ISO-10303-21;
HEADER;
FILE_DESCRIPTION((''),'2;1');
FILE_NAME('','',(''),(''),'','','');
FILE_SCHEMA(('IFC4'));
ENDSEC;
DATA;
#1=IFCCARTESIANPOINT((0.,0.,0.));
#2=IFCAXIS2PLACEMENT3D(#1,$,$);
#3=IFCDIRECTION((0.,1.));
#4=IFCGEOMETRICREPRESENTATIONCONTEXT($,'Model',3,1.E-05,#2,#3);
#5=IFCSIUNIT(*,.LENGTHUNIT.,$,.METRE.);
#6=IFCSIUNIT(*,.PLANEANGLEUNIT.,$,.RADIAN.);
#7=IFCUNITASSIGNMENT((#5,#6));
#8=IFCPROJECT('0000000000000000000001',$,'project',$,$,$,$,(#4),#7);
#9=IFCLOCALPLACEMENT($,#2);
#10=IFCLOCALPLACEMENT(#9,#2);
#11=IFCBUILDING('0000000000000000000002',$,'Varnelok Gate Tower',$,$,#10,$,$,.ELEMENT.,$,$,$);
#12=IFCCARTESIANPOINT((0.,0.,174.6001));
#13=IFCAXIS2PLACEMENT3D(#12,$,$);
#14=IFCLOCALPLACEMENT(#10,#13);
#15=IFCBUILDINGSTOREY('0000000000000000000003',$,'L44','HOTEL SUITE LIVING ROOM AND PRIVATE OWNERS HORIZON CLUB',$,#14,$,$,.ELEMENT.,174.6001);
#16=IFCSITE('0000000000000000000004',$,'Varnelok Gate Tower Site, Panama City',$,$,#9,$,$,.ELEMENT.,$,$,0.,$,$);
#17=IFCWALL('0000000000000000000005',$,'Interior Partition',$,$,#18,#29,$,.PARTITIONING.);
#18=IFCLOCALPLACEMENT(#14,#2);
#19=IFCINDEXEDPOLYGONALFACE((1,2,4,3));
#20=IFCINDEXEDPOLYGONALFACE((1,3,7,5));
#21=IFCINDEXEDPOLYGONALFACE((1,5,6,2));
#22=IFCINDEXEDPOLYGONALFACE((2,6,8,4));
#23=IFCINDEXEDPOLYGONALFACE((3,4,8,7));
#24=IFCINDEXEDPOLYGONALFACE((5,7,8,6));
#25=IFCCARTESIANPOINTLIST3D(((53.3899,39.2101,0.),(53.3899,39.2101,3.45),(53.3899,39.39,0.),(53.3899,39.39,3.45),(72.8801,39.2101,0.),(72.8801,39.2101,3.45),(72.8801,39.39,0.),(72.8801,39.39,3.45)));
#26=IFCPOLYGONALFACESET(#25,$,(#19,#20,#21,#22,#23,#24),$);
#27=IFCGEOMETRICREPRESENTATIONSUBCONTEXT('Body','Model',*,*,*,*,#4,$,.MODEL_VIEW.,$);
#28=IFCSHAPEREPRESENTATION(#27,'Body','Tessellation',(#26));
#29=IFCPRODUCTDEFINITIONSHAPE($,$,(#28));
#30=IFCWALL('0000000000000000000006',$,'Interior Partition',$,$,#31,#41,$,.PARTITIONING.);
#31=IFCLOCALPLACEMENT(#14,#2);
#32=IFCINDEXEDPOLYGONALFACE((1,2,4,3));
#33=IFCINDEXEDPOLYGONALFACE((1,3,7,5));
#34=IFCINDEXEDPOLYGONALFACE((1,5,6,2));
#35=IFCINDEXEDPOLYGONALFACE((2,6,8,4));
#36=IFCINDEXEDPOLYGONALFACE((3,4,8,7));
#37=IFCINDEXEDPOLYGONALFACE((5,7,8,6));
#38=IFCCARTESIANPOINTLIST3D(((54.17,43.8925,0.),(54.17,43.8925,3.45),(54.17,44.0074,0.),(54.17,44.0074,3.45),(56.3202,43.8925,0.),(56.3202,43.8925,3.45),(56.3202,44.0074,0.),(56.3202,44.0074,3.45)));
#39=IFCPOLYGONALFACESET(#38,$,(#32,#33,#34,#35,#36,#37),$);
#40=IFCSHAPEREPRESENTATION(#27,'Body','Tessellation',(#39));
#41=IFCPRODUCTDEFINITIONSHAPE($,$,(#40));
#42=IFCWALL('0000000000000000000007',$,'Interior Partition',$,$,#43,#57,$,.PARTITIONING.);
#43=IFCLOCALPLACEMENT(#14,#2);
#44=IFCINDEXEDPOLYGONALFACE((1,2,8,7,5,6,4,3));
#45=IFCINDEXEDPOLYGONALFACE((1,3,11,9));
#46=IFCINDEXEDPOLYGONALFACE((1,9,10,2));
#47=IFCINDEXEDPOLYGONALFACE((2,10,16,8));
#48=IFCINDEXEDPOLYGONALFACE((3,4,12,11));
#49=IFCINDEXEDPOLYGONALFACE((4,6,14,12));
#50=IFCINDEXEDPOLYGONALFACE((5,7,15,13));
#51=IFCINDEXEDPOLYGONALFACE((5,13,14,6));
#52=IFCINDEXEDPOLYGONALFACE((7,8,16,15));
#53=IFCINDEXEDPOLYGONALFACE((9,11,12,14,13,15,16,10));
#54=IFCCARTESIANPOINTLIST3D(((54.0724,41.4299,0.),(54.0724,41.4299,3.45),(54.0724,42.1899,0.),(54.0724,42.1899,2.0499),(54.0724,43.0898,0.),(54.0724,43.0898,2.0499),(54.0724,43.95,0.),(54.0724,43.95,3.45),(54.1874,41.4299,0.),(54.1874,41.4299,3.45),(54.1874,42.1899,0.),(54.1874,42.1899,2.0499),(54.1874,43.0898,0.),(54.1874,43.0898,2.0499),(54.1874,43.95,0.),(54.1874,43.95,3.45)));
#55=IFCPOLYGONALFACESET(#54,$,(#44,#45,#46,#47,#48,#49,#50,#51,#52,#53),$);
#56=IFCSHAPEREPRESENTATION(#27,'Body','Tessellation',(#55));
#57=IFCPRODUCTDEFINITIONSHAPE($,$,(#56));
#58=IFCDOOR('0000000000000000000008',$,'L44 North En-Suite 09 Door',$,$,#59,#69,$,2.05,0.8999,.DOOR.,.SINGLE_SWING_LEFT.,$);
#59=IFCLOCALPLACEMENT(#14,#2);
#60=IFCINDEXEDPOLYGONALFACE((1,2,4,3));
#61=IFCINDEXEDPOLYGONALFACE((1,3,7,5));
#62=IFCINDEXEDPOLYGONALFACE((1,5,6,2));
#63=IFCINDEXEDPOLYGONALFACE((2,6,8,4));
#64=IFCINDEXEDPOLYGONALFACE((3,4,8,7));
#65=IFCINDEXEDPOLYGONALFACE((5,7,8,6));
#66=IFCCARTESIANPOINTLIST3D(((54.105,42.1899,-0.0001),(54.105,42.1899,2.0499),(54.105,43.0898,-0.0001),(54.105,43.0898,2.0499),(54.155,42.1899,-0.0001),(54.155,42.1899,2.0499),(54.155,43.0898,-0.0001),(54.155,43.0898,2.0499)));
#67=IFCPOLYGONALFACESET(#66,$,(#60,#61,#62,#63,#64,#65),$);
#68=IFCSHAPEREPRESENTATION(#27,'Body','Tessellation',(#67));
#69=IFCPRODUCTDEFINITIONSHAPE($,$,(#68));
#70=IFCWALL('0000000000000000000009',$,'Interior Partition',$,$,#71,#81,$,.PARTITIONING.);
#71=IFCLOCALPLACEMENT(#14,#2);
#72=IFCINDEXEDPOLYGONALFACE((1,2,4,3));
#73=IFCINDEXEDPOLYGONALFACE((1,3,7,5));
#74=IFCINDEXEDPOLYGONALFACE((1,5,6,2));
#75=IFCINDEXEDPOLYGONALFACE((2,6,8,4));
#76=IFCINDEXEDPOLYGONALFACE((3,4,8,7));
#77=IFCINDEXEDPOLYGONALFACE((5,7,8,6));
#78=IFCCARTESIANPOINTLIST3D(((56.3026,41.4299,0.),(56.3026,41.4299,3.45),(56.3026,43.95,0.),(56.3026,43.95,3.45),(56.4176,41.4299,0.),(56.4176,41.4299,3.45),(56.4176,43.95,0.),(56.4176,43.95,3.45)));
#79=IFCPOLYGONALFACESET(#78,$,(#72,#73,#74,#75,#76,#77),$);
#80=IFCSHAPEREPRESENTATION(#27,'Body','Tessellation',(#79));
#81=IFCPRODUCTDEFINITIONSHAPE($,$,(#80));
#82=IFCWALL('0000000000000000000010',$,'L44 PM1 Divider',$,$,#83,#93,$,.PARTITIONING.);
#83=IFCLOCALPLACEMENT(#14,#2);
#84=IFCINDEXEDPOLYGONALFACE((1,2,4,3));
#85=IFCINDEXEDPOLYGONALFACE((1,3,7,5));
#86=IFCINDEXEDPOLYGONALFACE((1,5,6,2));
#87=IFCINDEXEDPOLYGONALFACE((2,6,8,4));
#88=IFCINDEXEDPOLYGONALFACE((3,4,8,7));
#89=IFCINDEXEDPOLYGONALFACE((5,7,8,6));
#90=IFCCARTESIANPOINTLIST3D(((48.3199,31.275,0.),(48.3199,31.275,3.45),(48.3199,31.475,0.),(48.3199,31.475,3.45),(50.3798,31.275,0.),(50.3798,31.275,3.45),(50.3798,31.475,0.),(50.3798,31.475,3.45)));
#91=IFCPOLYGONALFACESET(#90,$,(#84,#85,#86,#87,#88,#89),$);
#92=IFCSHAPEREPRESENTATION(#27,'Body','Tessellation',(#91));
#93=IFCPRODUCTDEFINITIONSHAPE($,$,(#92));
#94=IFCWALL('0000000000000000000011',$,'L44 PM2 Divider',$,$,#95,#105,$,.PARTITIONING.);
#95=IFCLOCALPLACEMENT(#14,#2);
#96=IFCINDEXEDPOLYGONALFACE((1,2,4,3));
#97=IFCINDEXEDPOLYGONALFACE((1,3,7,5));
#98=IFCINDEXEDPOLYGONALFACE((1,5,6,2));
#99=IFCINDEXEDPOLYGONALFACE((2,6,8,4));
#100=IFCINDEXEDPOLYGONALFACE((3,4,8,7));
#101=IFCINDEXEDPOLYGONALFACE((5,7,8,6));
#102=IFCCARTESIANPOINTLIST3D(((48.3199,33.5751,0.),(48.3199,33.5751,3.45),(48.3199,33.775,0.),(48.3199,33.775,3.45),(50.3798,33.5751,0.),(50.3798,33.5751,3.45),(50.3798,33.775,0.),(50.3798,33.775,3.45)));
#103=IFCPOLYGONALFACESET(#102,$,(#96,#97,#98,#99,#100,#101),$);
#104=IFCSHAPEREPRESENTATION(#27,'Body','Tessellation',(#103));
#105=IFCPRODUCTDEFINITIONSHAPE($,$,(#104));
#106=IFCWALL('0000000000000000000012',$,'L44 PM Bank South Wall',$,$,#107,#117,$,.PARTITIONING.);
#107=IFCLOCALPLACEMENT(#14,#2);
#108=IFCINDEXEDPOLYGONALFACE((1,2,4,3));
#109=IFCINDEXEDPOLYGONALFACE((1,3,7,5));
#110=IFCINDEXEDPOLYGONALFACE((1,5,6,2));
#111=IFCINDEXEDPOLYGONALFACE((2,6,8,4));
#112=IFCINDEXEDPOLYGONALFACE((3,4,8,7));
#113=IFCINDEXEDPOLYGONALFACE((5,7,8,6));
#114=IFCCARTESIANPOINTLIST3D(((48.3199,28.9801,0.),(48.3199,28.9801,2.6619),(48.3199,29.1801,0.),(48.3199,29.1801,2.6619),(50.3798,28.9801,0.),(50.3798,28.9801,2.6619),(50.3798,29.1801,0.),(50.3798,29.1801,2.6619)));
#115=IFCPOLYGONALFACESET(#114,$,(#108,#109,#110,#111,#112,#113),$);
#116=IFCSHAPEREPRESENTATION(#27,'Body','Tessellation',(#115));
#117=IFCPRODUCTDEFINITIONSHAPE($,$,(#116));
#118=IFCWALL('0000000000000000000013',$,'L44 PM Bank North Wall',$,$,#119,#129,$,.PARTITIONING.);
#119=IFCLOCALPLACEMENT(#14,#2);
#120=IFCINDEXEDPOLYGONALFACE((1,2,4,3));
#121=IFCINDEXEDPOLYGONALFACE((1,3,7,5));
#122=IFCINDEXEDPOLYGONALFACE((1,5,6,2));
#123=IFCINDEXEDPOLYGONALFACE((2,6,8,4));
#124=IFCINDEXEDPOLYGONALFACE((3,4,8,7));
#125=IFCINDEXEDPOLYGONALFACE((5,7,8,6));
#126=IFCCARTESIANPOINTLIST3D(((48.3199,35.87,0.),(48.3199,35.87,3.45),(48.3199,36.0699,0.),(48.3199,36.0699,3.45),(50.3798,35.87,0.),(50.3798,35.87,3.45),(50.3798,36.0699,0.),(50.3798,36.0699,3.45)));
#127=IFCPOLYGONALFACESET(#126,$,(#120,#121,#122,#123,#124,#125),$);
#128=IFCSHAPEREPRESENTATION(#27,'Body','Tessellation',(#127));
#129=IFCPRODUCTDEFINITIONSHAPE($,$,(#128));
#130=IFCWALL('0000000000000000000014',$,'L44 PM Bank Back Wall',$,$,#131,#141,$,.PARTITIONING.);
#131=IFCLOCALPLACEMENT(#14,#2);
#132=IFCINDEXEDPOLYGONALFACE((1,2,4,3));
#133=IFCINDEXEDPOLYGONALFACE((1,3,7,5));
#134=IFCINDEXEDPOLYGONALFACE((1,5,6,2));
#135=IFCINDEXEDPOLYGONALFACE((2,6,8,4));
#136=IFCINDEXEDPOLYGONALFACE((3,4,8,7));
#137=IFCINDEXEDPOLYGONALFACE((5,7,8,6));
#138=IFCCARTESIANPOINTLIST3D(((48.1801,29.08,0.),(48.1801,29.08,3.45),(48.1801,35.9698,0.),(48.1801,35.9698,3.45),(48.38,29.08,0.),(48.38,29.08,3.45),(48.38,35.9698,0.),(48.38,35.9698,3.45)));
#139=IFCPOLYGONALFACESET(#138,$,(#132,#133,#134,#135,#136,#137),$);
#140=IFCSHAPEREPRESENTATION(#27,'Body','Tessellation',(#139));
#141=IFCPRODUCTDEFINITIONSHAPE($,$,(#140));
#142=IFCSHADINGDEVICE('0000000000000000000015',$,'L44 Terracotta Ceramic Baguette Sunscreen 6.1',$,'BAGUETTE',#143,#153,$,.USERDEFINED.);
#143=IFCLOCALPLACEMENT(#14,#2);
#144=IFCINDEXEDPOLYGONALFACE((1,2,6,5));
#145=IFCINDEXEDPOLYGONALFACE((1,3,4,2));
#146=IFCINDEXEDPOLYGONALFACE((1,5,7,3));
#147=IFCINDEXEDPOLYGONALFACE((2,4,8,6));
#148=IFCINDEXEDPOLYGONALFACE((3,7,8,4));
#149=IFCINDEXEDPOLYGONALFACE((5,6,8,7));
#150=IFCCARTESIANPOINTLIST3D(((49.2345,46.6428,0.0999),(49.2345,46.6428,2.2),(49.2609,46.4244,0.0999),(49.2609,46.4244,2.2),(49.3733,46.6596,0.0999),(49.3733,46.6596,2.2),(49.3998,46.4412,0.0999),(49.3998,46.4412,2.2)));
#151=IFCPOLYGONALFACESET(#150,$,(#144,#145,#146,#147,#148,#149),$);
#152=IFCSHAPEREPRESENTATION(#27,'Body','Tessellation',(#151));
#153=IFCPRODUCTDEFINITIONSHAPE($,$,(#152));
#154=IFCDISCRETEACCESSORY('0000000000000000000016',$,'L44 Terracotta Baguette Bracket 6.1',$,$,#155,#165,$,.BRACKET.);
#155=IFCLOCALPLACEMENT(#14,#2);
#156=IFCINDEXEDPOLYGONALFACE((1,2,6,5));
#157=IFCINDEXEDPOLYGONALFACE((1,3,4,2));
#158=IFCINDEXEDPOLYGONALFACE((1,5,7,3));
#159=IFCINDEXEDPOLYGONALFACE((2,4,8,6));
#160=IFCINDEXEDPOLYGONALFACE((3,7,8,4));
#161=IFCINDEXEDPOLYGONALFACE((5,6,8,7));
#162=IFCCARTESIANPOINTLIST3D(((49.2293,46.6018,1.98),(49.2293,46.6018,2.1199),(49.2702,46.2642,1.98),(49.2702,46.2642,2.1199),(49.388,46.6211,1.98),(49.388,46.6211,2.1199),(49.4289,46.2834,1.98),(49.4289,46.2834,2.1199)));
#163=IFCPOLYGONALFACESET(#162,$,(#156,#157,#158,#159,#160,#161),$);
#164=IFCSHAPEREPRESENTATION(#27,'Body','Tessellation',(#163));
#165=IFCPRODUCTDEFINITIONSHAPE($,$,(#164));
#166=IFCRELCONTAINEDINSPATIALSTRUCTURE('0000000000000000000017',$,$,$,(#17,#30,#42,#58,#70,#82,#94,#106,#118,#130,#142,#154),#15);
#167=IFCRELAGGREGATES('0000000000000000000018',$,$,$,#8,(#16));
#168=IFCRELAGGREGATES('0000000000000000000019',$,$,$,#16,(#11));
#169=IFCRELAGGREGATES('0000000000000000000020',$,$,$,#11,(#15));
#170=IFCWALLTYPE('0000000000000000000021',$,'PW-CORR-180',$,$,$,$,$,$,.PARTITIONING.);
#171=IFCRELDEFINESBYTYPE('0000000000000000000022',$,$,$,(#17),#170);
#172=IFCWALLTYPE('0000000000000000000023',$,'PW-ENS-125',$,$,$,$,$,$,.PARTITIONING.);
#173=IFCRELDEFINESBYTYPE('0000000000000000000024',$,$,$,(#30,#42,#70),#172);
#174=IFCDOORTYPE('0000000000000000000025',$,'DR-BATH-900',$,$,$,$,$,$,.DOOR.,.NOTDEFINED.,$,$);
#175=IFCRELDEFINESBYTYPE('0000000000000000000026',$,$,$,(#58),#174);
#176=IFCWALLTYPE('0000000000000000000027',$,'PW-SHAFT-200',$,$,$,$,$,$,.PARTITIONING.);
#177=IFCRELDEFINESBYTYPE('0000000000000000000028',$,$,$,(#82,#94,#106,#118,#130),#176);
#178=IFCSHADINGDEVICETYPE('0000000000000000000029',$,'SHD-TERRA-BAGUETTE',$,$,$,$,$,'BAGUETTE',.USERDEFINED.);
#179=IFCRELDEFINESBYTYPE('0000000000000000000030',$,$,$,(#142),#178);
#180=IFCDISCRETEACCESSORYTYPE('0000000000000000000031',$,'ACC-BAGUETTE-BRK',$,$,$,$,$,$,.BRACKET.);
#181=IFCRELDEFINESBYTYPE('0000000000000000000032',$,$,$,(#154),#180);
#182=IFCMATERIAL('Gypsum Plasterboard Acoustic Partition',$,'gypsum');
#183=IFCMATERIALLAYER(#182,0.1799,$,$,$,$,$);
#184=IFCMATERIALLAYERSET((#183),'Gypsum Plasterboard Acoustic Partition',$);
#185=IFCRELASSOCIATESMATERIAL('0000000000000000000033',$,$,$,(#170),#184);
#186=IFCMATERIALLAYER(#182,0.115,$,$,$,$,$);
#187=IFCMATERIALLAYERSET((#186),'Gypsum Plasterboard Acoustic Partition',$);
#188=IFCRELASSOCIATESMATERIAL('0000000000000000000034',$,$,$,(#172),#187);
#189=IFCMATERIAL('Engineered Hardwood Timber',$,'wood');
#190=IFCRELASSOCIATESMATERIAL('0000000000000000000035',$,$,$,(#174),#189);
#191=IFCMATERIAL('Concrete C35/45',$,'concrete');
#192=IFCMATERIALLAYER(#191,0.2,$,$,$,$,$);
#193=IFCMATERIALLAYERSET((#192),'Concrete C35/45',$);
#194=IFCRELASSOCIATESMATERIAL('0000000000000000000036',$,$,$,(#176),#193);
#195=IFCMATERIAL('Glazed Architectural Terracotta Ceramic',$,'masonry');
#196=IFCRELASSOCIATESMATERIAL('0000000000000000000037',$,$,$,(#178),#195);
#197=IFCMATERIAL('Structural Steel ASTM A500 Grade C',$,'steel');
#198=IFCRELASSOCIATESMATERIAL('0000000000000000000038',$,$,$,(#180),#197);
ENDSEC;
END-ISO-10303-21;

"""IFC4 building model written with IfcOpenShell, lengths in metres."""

from ifc_helpers import new_model, si_unit, direction, frame, frame_2d, origin, origin_2d, place, context, subcontext, project, spatial, rectangle, extrude, source, transform, mapped, material, layer, layer_set, type_object, element, fill, save


model = new_model("IFC4")

# Units and contexts
model_context = context("Model", 3, precision=1e-05, world=origin(), true_north=direction((0.0, 1.0)))
body_context = subcontext(model_context, "Body", "Model", "MODEL_VIEW")
ifc_project = project(units=[si_unit("LENGTHUNIT", "METRE"), si_unit("PLANEANGLEUNIT", "RADIAN")], contexts=[model_context])

# Site, building, storey
site_placement = place(None, origin())
site = spatial("IfcSite", under=ifc_project, at=site_placement, Name="Varnelok Gate Tower Site, Panama City", CompositionType="ELEMENT", RefElevation=0.0)
building_placement = place(site_placement, origin())
building = spatial("IfcBuilding", under=site, at=building_placement, Name="Varnelok Gate Tower", CompositionType="ELEMENT")
storey_placement = place(building_placement, frame((0.0, 0.0, 174.6001)))
storey = spatial("IfcBuildingStorey", under=building, at=storey_placement, Name="L44", Description="HOTEL SUITE LIVING ROOM AND PRIVATE OWNERS HORIZON CLUB", CompositionType="ELEMENT", Elevation=174.6001)

# Walls
ifc_material_1 = material(Name="Gypsum Plasterboard Acoustic Partition", Category="gypsum")
ifc_layer_1 = layer(ifc_material_1, 0.1799)
ifc_layer_set_1 = layer_set([ifc_layer_1], Name="Gypsum Plasterboard Acoustic Partition")
wall_type_1 = type_object("IfcWallType", Name="PW-CORR-180", PredefinedType="PARTITIONING", material=ifc_layer_set_1)
wall_1_placement = place(storey_placement, frame((53.3899, 39.3, 0.0), z_axis=(0.0, 0.0, 1.0), x_axis=(1.0, 0.0, 0.0)))
element("IfcWall", 1, at=wall_1_placement, inside=storey, type_object=wall_type_1, Name="Interior Partition", PredefinedType="PARTITIONING", context=body_context, shape_type="SweptSolid", body=[
    extrude(rectangle(XDim=19.4902, YDim=0.1799, at=frame_2d((9.7451, 0.0))), origin(), (0.0, 0.0, 1.0), 3.45),
])
ifc_layer_2 = layer(ifc_material_1, 0.115)
ifc_layer_set_2 = layer_set([ifc_layer_2], Name="Gypsum Plasterboard Acoustic Partition")
wall_type_2 = type_object("IfcWallType", Name="PW-ENS-125", PredefinedType="PARTITIONING", material=ifc_layer_set_2)
wall_2_placement = place(storey_placement, frame((54.1699, 43.95, 0.0), z_axis=(0.0, 0.0, 1.0), x_axis=(1.0, 0.0, 0.0)))
element("IfcWall", 2, at=wall_2_placement, inside=storey, type_object=wall_type_2, Name="Interior Partition", PredefinedType="PARTITIONING", context=body_context, shape_type="SweptSolid", body=[
    extrude(rectangle(XDim=2.1501, YDim=0.115, at=frame_2d((1.0752, 0.0))), origin(), (0.0, 0.0, 1.0), 3.45),
])

# Wall, opening, door
wall_3_placement = place(storey_placement, frame((54.1299, 41.4299, 0.0), z_axis=(0.0, 0.0, 1.0), x_axis=(0.0, 1.0, 0.0)))
wall_3 = element("IfcWall", 3, at=wall_3_placement, inside=storey, type_object=wall_type_2, Name="Interior Partition", PredefinedType="PARTITIONING", context=body_context, shape_type="SweptSolid", body=[
    extrude(rectangle(XDim=2.52, YDim=0.115, at=frame_2d((1.26, 0.0))), origin(), (0.0, 0.0, 1.0), 3.45),
])
opening_1_placement = place(wall_3_placement, frame((0.76, 0.0, 0.0)))
opening_1 = element("IfcOpeningElement", 4, at=opening_1_placement, cuts=wall_3, PredefinedType="OPENING", context=body_context, shape_type="SweptSolid", body=[
    extrude(rectangle(XDim=0.8999, YDim=2.05, at=frame_2d((0.45, 1.0249))), frame((0.0, 0.0674, 0.0), z_axis=(0.0, -1.0, 0.0), x_axis=(1.0, 0.0, 0.0)), (0.0, 0.0, 1.0), 0.135),
])
ifc_material_2 = material(Name="Engineered Hardwood Timber", Category="wood")
door_type_1 = type_object("IfcDoorType", Name="DR-BATH-900", OperationType="NOTDEFINED", PredefinedType="DOOR", material=ifc_material_2)
door_1_placement = place(opening_1_placement, origin())
door_1 = element("IfcDoor", 5, at=door_1_placement, inside=storey, type_object=door_type_1, Name="L44 North En-Suite 09 Door", OperationType="SINGLE_SWING_LEFT", OverallHeight=2.05, OverallWidth=0.8999, PredefinedType="DOOR", context=body_context, shape_type="SweptSolid", body=[
    extrude(rectangle(XDim=0.8999, YDim=2.05, at=frame_2d((0.45, 1.0249))), frame((0.0, 0.0249, 0.0), z_axis=(0.0, -1.0, 0.0), x_axis=(1.0, 0.0, 0.0)), (0.0, 0.0, 1.0), 0.05),
])
fill(opening_1, door_1)

# Walls
wall_4_placement = place(storey_placement, frame((56.3601, 41.4299, 0.0), z_axis=(0.0, 0.0, 1.0), x_axis=(0.0, 1.0, 0.0)))
element("IfcWall", 6, at=wall_4_placement, inside=storey, type_object=wall_type_2, Name="Interior Partition", PredefinedType="PARTITIONING", context=body_context, shape_type="SweptSolid", body=[
    extrude(rectangle(XDim=2.52, YDim=0.115, at=frame_2d((1.26, 0.0))), origin(), (0.0, 0.0, 1.0), 3.45),
])
ifc_material_3 = material(Name="Concrete C35/45", Category="concrete")
ifc_layer_3 = layer(ifc_material_3, 0.2)
ifc_layer_set_3 = layer_set([ifc_layer_3], Name="Concrete C35/45")
wall_type_3 = type_object("IfcWallType", Name="PW-SHAFT-200", PredefinedType="PARTITIONING", material=ifc_layer_set_3)
for number, where, z_axis, x_axis, name in (
    (7, (48.3201, 31.375, 0.0), (0.0, 0.0, 1.0), (1.0, 0.0, 0.0), "L44 PM1 Divider"),
    (8, (48.3201, 33.675, 0.0), (0.0, 0.0, 1.0), (1.0, 0.0, 0.0), "L44 PM2 Divider"),
):
    element("IfcWall", number, at=place(storey_placement, frame(where, z_axis=z_axis, x_axis=x_axis)), inside=storey, type_object=wall_type_3, Name=name, PredefinedType="PARTITIONING", context=body_context, shape_type="SweptSolid", body=[
        extrude(rectangle(XDim=2.0598, YDim=0.2, at=frame_2d((1.0298, 0.0))), origin(), (0.0, 0.0, 1.0), 3.45),
    ])
wall_5_placement = place(storey_placement, frame((48.3201, 29.0801, 0.0), z_axis=(0.0, 0.0, 1.0), x_axis=(1.0, 0.0, 0.0)))
element("IfcWall", 9, at=wall_5_placement, inside=storey, type_object=wall_type_3, Name="L44 PM Bank South Wall", PredefinedType="PARTITIONING", context=body_context, shape_type="SweptSolid", body=[
    extrude(rectangle(XDim=2.0598, YDim=0.2, at=frame_2d((1.0298, 0.0))), origin(), (0.0, 0.0, 1.0), 2.6619),
])
wall_6_placement = place(storey_placement, frame((48.3201, 35.97, 0.0), z_axis=(0.0, 0.0, 1.0), x_axis=(1.0, 0.0, 0.0)))
element("IfcWall", 10, at=wall_6_placement, inside=storey, type_object=wall_type_3, Name="L44 PM Bank North Wall", PredefinedType="PARTITIONING", context=body_context, shape_type="SweptSolid", body=[
    extrude(rectangle(XDim=2.0598, YDim=0.2, at=frame_2d((1.0298, 0.0))), origin(), (0.0, 0.0, 1.0), 3.45),
])
wall_7_placement = place(storey_placement, frame((48.28, 29.0801, 0.0), z_axis=(0.0, 0.0, 1.0), x_axis=(0.0, 1.0, 0.0)))
element("IfcWall", 11, at=wall_7_placement, inside=storey, type_object=wall_type_3, Name="L44 PM Bank Back Wall", PredefinedType="PARTITIONING", context=body_context, shape_type="SweptSolid", body=[
    extrude(rectangle(XDim=6.8899, YDim=0.2, at=frame_2d((3.4448, 0.0))), origin(), (0.0, 0.0, 1.0), 3.45),
])

# Shading device
ifc_material_4 = material(Name="Glazed Architectural Terracotta Ceramic", Category="masonry")
shading_device_type = type_object("IfcShadingDeviceType", Name="SHD-TERRA-BAGUETTE", ElementType="BAGUETTE", PredefinedType="USERDEFINED", material=ifc_material_4)
shared_shape_1 = source(origin(), body_context, "Body", "SweptSolid", [
    extrude(rectangle(XDim=0.1399, YDim=0.22, at=origin_2d()), origin(), (0.0, 0.0, 1.0), 2.1001),
])
shading_device_placement = place(storey_placement, frame((49.3171, 46.542, 0.0999), z_axis=(0.0, 0.0, 1.0), x_axis=(0.992732, 0.120345, 0.0)))
element("IfcShadingDevice", 12, at=shading_device_placement, inside=storey, type_object=shading_device_type, Name="L44 Terracotta Ceramic Baguette Sunscreen 6.1", ObjectType="BAGUETTE", PredefinedType="USERDEFINED", context=body_context, shape_type="MappedRepresentation", body=[
    mapped(shared_shape_1, transform((0.0, 0.0, 0.0), scale=1.0)),
])

# Discrete accessory
ifc_material_5 = material(Name="Structural Steel ASTM A500 Grade C", Category="steel")
discrete_accessory_type = type_object("IfcDiscreteAccessoryType", Name="ACC-BAGUETTE-BRK", PredefinedType="BRACKET", material=ifc_material_5)
shared_shape_2 = source(origin(), body_context, "Body", "SweptSolid", [
    extrude(rectangle(XDim=0.1599, YDim=0.3401, at=origin_2d()), origin(), (0.0, 0.0, 1.0), 0.1399),
])
discrete_accessory_placement = place(storey_placement, frame((49.3291, 46.4426, 1.98), z_axis=(0.0, 0.0, 1.0), x_axis=(0.992732, 0.120345, 0.0)))
element("IfcDiscreteAccessory", 13, at=discrete_accessory_placement, inside=storey, type_object=discrete_accessory_type, Name="L44 Terracotta Baguette Bracket 6.1", PredefinedType="BRACKET", context=body_context, shape_type="MappedRepresentation", body=[
    mapped(shared_shape_2, transform((0.0, 0.0, 0.0), scale=1.0)),
])

save(model, "model.ifc")
